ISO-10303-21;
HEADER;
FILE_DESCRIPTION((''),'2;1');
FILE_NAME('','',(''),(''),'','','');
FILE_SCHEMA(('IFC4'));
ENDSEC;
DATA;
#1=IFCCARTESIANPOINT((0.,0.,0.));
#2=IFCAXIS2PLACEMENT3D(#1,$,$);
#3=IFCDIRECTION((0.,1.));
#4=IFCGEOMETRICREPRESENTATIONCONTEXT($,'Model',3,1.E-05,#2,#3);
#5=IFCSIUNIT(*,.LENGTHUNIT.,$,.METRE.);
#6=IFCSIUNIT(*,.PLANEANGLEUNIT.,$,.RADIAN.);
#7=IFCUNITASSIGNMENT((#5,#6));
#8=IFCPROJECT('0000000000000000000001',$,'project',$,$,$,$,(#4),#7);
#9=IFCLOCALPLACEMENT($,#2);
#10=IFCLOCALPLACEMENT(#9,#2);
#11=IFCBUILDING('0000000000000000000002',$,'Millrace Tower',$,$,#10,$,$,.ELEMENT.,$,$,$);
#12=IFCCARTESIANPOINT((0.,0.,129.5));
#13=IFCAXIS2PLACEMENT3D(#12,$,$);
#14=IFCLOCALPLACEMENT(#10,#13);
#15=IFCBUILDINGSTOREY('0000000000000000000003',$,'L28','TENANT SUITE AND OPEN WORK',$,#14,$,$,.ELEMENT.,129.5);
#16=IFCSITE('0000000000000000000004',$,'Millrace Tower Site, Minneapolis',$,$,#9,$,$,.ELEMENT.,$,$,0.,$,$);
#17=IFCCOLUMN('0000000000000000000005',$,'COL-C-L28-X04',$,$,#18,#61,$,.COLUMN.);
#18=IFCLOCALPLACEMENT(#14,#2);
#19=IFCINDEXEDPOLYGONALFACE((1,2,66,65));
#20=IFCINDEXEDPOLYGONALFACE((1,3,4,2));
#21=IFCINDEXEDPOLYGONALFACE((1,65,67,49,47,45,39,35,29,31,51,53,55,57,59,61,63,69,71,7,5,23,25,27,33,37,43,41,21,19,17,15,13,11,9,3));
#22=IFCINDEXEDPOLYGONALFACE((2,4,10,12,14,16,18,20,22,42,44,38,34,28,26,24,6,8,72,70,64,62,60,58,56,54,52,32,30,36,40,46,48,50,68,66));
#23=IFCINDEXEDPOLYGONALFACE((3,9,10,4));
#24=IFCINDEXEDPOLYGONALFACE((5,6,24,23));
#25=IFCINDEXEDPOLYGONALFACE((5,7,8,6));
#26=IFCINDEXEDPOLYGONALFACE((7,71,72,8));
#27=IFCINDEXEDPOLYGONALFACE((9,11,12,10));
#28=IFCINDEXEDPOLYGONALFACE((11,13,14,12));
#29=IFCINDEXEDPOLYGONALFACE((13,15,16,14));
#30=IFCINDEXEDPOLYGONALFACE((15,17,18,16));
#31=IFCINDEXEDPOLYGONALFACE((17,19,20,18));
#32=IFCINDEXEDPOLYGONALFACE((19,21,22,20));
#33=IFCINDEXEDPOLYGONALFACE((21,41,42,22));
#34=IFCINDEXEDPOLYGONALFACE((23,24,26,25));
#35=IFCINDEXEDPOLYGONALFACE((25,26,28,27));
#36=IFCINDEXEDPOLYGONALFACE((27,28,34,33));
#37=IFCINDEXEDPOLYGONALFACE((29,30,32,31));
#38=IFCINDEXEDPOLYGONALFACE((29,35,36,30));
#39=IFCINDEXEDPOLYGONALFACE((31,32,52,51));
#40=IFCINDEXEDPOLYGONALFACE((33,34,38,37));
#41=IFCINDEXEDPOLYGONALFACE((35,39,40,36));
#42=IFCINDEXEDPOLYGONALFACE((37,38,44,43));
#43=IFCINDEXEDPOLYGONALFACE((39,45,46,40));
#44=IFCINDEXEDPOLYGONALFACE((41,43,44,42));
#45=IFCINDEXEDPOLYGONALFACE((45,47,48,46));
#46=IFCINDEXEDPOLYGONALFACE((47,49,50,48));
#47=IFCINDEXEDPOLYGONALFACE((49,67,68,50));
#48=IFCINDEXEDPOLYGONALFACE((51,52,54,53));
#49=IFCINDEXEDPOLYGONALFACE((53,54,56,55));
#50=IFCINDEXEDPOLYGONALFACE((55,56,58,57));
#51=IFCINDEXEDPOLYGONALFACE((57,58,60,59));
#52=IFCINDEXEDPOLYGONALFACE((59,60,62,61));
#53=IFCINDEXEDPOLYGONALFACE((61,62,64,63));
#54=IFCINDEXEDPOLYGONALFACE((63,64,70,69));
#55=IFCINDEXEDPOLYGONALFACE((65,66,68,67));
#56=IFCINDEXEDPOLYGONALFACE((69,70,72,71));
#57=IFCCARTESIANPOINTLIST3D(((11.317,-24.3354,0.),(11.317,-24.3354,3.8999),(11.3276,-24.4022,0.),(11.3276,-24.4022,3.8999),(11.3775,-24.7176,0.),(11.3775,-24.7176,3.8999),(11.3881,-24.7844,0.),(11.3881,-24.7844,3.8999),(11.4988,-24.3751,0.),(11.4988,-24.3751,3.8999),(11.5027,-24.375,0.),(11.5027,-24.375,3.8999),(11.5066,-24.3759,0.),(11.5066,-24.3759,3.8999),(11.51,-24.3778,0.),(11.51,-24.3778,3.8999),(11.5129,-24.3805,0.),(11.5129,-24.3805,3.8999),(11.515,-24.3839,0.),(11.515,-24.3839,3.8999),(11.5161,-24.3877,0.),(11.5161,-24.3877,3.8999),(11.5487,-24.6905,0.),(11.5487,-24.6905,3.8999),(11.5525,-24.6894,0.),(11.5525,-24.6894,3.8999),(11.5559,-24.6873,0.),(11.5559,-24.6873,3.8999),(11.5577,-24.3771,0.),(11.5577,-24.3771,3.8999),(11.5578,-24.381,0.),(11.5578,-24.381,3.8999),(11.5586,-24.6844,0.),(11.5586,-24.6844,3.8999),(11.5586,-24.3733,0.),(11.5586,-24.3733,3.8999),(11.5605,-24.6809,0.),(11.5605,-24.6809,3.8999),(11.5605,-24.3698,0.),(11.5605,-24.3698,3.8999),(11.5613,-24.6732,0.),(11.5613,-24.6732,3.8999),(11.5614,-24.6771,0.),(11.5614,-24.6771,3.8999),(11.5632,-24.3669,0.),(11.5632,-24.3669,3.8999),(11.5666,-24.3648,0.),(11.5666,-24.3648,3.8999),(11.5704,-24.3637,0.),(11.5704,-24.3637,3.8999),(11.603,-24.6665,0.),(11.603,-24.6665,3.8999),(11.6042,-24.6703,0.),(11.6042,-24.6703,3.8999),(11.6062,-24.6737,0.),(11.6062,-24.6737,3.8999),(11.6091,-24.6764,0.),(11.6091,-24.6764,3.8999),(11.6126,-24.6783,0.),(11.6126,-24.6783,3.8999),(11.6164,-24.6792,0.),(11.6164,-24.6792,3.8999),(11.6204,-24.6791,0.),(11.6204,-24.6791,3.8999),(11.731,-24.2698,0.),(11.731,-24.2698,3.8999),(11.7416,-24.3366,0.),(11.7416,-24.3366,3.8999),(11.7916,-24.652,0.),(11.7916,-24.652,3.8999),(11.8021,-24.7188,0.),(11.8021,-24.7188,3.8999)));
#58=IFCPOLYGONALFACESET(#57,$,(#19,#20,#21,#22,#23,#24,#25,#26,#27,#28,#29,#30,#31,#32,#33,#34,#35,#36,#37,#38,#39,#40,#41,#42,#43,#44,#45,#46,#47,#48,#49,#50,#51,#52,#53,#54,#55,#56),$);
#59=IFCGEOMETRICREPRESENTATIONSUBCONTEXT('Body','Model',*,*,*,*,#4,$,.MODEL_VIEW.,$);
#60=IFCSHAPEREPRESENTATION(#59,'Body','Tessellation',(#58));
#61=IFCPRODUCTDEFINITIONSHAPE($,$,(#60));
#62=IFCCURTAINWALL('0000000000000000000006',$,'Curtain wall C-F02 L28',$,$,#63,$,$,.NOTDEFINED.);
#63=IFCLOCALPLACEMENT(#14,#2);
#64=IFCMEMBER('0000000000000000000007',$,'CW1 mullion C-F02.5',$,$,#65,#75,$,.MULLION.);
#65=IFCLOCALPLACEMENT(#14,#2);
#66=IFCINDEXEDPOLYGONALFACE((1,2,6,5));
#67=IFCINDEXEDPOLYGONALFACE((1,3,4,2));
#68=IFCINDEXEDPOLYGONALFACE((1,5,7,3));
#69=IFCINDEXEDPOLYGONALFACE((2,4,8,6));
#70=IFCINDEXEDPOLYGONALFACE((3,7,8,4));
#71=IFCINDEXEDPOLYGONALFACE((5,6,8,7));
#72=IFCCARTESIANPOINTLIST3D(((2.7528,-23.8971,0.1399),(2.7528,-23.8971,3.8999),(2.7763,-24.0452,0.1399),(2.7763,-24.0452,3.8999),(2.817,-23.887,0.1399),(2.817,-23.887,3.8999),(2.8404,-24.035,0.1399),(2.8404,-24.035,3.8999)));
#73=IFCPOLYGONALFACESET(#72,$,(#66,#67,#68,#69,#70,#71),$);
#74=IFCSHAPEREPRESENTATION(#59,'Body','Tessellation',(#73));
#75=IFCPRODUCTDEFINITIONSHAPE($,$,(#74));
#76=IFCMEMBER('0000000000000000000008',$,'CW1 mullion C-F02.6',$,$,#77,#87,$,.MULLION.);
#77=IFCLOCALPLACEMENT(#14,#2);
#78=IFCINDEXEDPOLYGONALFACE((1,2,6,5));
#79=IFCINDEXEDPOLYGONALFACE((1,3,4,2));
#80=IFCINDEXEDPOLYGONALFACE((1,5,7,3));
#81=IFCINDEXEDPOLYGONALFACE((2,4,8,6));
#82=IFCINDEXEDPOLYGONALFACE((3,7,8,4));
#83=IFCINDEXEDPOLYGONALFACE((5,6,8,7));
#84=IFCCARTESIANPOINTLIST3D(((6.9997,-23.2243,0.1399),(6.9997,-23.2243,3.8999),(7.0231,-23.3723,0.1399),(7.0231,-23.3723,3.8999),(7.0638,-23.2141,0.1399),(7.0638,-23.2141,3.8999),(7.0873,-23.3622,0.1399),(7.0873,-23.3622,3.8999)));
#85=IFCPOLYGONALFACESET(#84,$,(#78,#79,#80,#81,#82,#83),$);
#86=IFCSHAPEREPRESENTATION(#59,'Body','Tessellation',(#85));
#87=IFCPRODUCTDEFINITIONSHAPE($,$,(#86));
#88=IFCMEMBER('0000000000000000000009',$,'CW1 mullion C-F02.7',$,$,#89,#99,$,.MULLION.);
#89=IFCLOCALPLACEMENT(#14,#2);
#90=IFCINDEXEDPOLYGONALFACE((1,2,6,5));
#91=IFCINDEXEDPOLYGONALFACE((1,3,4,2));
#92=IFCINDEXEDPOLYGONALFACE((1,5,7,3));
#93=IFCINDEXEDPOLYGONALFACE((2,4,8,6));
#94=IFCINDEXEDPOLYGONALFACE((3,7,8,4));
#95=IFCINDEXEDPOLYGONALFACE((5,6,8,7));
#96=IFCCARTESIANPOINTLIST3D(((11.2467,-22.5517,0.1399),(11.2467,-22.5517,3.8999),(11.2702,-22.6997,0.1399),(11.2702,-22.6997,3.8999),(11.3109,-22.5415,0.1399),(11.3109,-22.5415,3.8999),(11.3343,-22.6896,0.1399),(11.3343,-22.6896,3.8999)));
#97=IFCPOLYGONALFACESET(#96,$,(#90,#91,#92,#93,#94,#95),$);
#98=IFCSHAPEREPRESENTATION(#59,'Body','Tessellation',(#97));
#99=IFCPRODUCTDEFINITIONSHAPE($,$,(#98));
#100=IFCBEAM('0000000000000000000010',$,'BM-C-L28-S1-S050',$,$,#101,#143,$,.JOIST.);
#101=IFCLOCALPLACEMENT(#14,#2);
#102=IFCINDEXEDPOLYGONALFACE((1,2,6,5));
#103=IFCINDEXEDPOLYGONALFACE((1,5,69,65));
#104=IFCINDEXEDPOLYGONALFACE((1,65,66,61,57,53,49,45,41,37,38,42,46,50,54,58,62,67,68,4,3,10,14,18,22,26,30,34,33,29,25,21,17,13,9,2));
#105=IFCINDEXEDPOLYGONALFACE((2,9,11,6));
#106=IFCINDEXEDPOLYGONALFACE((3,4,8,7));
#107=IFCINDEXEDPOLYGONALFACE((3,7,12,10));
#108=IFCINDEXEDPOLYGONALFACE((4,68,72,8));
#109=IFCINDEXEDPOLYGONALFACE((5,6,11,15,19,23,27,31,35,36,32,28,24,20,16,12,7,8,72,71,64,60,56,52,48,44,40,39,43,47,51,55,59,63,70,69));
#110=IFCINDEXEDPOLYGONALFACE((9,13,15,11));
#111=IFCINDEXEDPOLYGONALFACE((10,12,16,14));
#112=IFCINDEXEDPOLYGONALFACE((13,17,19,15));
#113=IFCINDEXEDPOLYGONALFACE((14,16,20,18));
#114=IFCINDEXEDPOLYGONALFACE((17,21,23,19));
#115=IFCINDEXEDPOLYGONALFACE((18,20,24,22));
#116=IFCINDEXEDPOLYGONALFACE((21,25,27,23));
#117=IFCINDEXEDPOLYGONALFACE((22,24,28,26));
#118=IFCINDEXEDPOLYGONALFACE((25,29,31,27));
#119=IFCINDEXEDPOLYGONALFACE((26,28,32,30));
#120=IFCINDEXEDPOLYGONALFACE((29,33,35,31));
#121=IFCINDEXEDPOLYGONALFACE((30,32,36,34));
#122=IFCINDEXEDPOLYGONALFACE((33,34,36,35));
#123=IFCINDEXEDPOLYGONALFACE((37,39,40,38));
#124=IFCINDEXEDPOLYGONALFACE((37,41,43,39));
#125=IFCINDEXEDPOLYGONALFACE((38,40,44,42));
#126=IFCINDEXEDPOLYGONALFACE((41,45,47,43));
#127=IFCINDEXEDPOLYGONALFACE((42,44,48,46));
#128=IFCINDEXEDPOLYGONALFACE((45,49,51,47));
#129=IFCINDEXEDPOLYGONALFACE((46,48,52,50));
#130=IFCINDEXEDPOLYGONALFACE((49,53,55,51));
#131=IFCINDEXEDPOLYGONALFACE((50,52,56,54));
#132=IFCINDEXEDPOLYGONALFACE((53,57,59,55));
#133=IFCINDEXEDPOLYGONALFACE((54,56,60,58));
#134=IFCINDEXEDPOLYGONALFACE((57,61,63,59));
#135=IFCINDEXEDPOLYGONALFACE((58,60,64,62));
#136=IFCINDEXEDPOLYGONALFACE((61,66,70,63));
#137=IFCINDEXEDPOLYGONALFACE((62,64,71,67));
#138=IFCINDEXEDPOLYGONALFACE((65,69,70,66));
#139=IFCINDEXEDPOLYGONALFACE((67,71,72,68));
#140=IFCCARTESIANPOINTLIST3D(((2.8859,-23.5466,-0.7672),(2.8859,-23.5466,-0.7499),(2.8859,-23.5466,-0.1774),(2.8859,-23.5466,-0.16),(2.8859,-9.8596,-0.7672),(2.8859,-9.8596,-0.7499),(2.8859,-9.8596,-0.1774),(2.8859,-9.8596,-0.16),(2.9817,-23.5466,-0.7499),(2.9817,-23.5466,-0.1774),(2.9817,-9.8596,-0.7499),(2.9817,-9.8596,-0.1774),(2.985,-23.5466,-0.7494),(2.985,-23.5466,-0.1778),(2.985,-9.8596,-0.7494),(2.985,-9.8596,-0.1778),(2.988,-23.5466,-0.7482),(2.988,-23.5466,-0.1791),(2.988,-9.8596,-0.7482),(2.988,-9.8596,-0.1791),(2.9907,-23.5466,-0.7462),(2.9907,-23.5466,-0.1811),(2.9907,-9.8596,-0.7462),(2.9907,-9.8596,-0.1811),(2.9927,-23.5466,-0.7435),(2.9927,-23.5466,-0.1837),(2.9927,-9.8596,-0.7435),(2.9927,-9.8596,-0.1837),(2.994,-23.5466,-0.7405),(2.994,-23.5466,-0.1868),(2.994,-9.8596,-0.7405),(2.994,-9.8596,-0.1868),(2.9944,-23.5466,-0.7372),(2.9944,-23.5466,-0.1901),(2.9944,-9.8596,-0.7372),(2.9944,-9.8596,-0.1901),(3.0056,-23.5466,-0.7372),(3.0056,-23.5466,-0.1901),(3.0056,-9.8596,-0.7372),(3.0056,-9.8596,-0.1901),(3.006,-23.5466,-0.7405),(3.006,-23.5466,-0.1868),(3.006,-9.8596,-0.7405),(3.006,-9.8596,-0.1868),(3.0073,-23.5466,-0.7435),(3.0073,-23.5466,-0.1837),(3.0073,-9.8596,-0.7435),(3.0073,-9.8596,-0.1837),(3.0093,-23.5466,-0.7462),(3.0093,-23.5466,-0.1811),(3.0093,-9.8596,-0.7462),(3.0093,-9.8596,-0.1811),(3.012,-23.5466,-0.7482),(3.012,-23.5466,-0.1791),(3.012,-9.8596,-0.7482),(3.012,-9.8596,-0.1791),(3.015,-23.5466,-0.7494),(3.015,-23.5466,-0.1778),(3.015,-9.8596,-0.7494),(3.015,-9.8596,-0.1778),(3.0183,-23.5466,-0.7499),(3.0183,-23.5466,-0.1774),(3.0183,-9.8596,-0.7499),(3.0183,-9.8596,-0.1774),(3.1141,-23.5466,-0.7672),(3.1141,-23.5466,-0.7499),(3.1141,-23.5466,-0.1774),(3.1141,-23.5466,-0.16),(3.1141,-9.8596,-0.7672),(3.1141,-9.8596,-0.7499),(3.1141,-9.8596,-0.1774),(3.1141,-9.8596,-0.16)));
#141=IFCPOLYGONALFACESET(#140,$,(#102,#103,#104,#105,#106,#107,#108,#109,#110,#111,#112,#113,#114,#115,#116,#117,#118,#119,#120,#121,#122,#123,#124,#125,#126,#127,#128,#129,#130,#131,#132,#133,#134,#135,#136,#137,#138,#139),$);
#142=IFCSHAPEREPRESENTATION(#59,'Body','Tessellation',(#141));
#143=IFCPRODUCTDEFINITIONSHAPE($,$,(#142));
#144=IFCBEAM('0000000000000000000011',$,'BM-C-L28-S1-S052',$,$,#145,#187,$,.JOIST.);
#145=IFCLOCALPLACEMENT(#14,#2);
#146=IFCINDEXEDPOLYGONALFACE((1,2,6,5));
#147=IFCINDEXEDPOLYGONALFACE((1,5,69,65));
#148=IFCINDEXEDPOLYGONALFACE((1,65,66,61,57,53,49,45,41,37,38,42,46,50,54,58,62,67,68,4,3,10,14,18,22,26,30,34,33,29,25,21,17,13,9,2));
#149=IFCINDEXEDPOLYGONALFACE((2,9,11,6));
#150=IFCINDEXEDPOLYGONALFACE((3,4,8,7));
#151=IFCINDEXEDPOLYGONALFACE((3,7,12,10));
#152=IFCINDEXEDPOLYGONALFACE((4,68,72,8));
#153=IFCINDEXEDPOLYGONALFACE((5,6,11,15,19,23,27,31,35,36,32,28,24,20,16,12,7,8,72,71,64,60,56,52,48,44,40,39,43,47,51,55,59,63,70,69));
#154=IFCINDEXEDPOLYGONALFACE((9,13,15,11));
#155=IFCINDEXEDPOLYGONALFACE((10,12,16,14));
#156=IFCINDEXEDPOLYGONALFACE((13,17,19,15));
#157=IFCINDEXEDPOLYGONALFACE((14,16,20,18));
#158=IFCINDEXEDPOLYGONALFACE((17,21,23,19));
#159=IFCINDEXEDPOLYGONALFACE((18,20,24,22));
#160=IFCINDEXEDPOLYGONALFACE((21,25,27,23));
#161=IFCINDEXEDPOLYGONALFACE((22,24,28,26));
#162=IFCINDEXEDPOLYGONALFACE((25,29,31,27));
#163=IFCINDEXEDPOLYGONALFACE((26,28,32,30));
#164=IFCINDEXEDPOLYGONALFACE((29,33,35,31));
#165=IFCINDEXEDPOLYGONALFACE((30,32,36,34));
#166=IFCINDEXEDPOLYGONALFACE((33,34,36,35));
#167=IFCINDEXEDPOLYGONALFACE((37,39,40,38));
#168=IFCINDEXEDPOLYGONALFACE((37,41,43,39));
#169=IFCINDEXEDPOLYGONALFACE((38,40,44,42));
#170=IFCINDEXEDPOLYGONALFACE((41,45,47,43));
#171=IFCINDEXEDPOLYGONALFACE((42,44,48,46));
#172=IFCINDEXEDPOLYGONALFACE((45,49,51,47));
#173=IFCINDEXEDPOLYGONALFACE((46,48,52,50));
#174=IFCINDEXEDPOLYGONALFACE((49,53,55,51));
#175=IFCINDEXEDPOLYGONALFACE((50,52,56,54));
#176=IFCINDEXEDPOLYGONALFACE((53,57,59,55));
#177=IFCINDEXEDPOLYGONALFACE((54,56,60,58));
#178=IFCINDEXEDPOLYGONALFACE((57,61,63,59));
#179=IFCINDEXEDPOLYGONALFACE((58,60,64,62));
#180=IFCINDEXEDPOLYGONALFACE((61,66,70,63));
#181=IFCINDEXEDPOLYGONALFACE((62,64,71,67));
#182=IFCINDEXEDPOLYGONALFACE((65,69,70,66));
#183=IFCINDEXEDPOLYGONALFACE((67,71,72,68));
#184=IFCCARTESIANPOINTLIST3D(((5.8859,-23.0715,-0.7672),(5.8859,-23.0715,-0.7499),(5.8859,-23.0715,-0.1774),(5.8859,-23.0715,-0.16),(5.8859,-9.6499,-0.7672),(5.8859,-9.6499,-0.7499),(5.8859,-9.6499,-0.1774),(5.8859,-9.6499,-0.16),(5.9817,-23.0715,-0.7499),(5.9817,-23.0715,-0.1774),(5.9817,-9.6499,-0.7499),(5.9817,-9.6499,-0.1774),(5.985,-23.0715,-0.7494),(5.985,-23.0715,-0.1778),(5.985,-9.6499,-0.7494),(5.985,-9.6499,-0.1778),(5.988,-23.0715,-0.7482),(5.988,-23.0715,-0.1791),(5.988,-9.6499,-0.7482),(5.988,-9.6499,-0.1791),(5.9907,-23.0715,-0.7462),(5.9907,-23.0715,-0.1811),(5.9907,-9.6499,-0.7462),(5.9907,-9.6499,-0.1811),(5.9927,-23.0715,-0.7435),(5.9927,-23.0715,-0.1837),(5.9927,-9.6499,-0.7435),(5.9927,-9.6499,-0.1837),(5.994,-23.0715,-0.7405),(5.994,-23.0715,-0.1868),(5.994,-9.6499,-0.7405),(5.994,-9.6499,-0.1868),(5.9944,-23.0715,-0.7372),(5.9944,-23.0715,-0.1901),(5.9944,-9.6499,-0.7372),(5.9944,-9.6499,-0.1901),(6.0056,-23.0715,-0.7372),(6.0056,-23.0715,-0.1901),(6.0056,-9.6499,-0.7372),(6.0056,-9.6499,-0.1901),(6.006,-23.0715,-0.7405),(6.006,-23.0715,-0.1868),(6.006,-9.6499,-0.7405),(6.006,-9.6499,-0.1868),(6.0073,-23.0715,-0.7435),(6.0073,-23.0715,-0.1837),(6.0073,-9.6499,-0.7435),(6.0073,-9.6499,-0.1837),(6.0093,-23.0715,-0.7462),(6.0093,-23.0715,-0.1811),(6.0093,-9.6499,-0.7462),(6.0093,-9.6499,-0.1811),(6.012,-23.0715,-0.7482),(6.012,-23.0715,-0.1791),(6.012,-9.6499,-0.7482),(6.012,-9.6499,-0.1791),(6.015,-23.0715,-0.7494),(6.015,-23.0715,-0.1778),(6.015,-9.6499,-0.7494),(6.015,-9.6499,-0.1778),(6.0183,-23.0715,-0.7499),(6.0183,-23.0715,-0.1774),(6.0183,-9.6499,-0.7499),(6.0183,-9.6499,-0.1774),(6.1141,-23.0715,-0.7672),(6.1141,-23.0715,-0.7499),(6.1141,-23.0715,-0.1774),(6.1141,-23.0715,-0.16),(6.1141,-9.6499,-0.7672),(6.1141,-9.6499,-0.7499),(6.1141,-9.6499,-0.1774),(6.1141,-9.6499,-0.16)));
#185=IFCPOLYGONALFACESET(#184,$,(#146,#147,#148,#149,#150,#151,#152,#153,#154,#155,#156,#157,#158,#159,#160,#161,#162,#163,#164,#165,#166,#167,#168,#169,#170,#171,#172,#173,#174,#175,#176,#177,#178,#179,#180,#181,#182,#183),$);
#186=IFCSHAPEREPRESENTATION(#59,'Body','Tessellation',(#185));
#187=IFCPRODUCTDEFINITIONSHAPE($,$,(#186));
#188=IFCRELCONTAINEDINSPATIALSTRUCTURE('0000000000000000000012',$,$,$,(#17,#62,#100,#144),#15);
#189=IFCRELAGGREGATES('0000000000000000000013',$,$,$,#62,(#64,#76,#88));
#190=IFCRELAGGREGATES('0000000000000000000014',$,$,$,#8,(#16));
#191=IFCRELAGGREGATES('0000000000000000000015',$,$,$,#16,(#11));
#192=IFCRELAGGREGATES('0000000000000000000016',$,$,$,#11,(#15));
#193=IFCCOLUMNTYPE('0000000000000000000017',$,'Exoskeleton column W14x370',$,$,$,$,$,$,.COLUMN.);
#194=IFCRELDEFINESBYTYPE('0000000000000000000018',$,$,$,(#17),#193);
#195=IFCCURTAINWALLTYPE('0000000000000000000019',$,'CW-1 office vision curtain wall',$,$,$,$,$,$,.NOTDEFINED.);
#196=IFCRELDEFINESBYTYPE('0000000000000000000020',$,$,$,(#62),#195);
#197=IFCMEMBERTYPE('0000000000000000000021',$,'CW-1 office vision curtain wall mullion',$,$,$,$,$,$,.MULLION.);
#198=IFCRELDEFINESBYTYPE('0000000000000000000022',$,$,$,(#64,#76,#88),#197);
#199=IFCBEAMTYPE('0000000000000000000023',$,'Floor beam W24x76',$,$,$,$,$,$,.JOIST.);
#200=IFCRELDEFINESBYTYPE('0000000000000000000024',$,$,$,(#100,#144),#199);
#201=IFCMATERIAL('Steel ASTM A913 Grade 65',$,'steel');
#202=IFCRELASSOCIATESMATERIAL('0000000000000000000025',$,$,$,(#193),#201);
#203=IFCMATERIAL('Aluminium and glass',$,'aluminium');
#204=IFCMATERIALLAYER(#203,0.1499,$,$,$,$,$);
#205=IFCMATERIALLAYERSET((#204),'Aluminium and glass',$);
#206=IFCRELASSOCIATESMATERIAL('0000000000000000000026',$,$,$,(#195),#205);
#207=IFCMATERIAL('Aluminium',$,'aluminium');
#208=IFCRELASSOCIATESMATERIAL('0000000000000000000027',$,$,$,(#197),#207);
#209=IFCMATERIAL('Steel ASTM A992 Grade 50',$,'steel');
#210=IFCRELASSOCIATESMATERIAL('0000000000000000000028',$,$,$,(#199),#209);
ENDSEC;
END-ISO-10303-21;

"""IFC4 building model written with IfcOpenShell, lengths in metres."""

from ifc_helpers import new_model, si_unit, direction, frame, origin, origin_2d, place, context, subcontext, project, spatial, rectangle, i_section, extrude, material, layer, layer_set, material_profile, profile_set, type_object, element, aggregate, save


model = new_model("IFC4")

# Units and contexts
model_context = context("Model", 3, precision=1e-05, world=origin(), true_north=direction((0.0, 1.0)))
body_context = subcontext(model_context, "Body", "Model", "MODEL_VIEW")
ifc_project = project(units=[si_unit("LENGTHUNIT", "METRE"), si_unit("PLANEANGLEUNIT", "RADIAN")], contexts=[model_context])

# Site, building, storey
site_placement = place(None, origin())
site = spatial("IfcSite", under=ifc_project, at=site_placement, Name="Millrace Tower Site, Minneapolis", CompositionType="ELEMENT", RefElevation=0.0)
building_placement = place(site_placement, origin())
building = spatial("IfcBuilding", under=site, at=building_placement, Name="Millrace Tower", CompositionType="ELEMENT")
storey_placement = place(building_placement, frame((0.0, 0.0, 129.5)))
storey = spatial("IfcBuildingStorey", under=building, at=storey_placement, Name="L28", Description="TENANT SUITE AND OPEN WORK", CompositionType="ELEMENT", Elevation=129.5)

# Column
ifc_material_1 = material(Name="Steel ASTM A913 Grade 65", Category="steel")
ifc_material_profile_1 = material_profile(ifc_material_1, i_section(OverallWidth=0.4192, OverallDepth=0.4546, WebThickness=0.0422, FlangeThickness=0.0676, FilletRadius=0.0151, at=origin_2d()))
ifc_profile_set_1 = profile_set([ifc_material_profile_1], Name="Steel ASTM A913 Grade 65")
column_type = type_object("IfcColumnType", Name="Exoskeleton column W14x370", PredefinedType="COLUMN", material=ifc_profile_set_1)
column_placement = place(storey_placement, frame((11.5596, -24.5271, 0.0), z_axis=(0.0, 0.0, 1.0), x_axis=(0.987688, 0.156434, 0.0)))
element("IfcColumn", 1, at=column_placement, inside=storey, type_object=column_type, Name="COL-C-L28-X04", PredefinedType="COLUMN", context=body_context, shape_type="SweptSolid", body=[
    extrude(i_section(OverallWidth=0.4192, OverallDepth=0.4546, WebThickness=0.0422, FlangeThickness=0.0676, FilletRadius=0.0151, at=origin_2d()), origin(), (0.0, 0.0, 1.0), 3.8999),
])

# Curtain wall, members
ifc_material_2 = material(Name="Aluminium and glass", Category="aluminium")
ifc_layer_1 = layer(ifc_material_2, 0.1499)
ifc_layer_set_1 = layer_set([ifc_layer_1], Name="Aluminium and glass")
curtain_wall_type = type_object("IfcCurtainWallType", Name="CW-1 office vision curtain wall", PredefinedType="NOTDEFINED", material=ifc_layer_set_1)
placement = place(storey_placement, origin())
curtain_wall = element("IfcCurtainWall", 2, at=placement, inside=storey, type_object=curtain_wall_type, Name="Curtain wall C-F02 L28", PredefinedType="NOTDEFINED")
ifc_material_3 = material(Name="Aluminium", Category="aluminium")
ifc_material_profile_2 = material_profile(ifc_material_3, rectangle(XDim=0.0649, YDim=0.1499, at=origin_2d()))
ifc_profile_set_2 = profile_set([ifc_material_profile_2], Name="Aluminium")
member_type = type_object("IfcMemberType", Name="CW-1 office vision curtain wall mullion", PredefinedType="MULLION", material=ifc_profile_set_2)
member_1_placement = place(storey_placement, frame((2.7966, -23.9661, 0.1399), z_axis=(0.0, 0.0, 1.0), x_axis=(0.987688, 0.156434, 0.0)))
member_1 = element("IfcMember", 3, at=member_1_placement, type_object=member_type, Name="CW1 mullion C-F02.5", PredefinedType="MULLION", context=body_context, shape_type="SweptSolid", body=[
    extrude(rectangle(XDim=0.0649, YDim=0.1499, at=origin_2d()), origin(), (0.0, 0.0, 1.0), 3.76),
])
member_2_placement = place(storey_placement, frame((7.0435, -23.2932, 0.1399), z_axis=(0.0, 0.0, 1.0), x_axis=(0.987688, 0.156434, 0.0)))
member_2 = element("IfcMember", 4, at=member_2_placement, type_object=member_type, Name="CW1 mullion C-F02.6", PredefinedType="MULLION", context=body_context, shape_type="SweptSolid", body=[
    extrude(rectangle(XDim=0.0649, YDim=0.1499, at=origin_2d()), origin(), (0.0, 0.0, 1.0), 3.76),
])
member_3_placement = place(storey_placement, frame((11.2905, -22.6206, 0.1399), z_axis=(0.0, 0.0, 1.0), x_axis=(0.987688, 0.156434, 0.0)))
member_3 = element("IfcMember", 5, at=member_3_placement, type_object=member_type, Name="CW1 mullion C-F02.7", PredefinedType="MULLION", context=body_context, shape_type="SweptSolid", body=[
    extrude(rectangle(XDim=0.0649, YDim=0.1499, at=origin_2d()), origin(), (0.0, 0.0, 1.0), 3.76),
])
aggregate(curtain_wall, [member_1, member_2, member_3])

# Beams
ifc_material_4 = material(Name="Steel ASTM A992 Grade 50", Category="steel")
ifc_material_profile_3 = material_profile(ifc_material_4, i_section(OverallWidth=0.2283, OverallDepth=0.6072, WebThickness=0.0112, FlangeThickness=0.0173, FilletRadius=0.0127, at=origin_2d()))
ifc_profile_set_3 = profile_set([ifc_material_profile_3], Name="Steel ASTM A992 Grade 50")
beam_type_1 = type_object("IfcBeamType", Name="Floor beam W24x76", PredefinedType="JOIST", material=ifc_profile_set_3)
beam_1_placement = place(storey_placement, frame((3.0, -23.5466, -0.4636), z_axis=(0.0, 1.0, 0.0), x_axis=(-1.0, 0.0, 0.0)))
element("IfcBeam", 6, at=beam_1_placement, inside=storey, type_object=beam_type_1, Name="BM-C-L28-S1-S050", PredefinedType="JOIST", context=body_context, shape_type="SweptSolid", body=[
    extrude(i_section(OverallWidth=0.2283, OverallDepth=0.6072, WebThickness=0.0112, FlangeThickness=0.0173, FilletRadius=0.0127, at=origin_2d()), origin(), (0.0, 0.0, 1.0), 13.687),
])
beam_2_placement = place(storey_placement, frame((6.0, -23.0715, -0.4636), z_axis=(0.0, 1.0, 0.0), x_axis=(-1.0, 0.0, 0.0)))
element("IfcBeam", 7, at=beam_2_placement, inside=storey, type_object=beam_type_1, Name="BM-C-L28-S1-S052", PredefinedType="JOIST", context=body_context, shape_type="SweptSolid", body=[
    extrude(i_section(OverallWidth=0.2283, OverallDepth=0.6072, WebThickness=0.0112, FlangeThickness=0.0173, FilletRadius=0.0127, at=origin_2d()), origin(), (0.0, 0.0, 1.0), 13.4216),
])

save(model, "model.ifc")
